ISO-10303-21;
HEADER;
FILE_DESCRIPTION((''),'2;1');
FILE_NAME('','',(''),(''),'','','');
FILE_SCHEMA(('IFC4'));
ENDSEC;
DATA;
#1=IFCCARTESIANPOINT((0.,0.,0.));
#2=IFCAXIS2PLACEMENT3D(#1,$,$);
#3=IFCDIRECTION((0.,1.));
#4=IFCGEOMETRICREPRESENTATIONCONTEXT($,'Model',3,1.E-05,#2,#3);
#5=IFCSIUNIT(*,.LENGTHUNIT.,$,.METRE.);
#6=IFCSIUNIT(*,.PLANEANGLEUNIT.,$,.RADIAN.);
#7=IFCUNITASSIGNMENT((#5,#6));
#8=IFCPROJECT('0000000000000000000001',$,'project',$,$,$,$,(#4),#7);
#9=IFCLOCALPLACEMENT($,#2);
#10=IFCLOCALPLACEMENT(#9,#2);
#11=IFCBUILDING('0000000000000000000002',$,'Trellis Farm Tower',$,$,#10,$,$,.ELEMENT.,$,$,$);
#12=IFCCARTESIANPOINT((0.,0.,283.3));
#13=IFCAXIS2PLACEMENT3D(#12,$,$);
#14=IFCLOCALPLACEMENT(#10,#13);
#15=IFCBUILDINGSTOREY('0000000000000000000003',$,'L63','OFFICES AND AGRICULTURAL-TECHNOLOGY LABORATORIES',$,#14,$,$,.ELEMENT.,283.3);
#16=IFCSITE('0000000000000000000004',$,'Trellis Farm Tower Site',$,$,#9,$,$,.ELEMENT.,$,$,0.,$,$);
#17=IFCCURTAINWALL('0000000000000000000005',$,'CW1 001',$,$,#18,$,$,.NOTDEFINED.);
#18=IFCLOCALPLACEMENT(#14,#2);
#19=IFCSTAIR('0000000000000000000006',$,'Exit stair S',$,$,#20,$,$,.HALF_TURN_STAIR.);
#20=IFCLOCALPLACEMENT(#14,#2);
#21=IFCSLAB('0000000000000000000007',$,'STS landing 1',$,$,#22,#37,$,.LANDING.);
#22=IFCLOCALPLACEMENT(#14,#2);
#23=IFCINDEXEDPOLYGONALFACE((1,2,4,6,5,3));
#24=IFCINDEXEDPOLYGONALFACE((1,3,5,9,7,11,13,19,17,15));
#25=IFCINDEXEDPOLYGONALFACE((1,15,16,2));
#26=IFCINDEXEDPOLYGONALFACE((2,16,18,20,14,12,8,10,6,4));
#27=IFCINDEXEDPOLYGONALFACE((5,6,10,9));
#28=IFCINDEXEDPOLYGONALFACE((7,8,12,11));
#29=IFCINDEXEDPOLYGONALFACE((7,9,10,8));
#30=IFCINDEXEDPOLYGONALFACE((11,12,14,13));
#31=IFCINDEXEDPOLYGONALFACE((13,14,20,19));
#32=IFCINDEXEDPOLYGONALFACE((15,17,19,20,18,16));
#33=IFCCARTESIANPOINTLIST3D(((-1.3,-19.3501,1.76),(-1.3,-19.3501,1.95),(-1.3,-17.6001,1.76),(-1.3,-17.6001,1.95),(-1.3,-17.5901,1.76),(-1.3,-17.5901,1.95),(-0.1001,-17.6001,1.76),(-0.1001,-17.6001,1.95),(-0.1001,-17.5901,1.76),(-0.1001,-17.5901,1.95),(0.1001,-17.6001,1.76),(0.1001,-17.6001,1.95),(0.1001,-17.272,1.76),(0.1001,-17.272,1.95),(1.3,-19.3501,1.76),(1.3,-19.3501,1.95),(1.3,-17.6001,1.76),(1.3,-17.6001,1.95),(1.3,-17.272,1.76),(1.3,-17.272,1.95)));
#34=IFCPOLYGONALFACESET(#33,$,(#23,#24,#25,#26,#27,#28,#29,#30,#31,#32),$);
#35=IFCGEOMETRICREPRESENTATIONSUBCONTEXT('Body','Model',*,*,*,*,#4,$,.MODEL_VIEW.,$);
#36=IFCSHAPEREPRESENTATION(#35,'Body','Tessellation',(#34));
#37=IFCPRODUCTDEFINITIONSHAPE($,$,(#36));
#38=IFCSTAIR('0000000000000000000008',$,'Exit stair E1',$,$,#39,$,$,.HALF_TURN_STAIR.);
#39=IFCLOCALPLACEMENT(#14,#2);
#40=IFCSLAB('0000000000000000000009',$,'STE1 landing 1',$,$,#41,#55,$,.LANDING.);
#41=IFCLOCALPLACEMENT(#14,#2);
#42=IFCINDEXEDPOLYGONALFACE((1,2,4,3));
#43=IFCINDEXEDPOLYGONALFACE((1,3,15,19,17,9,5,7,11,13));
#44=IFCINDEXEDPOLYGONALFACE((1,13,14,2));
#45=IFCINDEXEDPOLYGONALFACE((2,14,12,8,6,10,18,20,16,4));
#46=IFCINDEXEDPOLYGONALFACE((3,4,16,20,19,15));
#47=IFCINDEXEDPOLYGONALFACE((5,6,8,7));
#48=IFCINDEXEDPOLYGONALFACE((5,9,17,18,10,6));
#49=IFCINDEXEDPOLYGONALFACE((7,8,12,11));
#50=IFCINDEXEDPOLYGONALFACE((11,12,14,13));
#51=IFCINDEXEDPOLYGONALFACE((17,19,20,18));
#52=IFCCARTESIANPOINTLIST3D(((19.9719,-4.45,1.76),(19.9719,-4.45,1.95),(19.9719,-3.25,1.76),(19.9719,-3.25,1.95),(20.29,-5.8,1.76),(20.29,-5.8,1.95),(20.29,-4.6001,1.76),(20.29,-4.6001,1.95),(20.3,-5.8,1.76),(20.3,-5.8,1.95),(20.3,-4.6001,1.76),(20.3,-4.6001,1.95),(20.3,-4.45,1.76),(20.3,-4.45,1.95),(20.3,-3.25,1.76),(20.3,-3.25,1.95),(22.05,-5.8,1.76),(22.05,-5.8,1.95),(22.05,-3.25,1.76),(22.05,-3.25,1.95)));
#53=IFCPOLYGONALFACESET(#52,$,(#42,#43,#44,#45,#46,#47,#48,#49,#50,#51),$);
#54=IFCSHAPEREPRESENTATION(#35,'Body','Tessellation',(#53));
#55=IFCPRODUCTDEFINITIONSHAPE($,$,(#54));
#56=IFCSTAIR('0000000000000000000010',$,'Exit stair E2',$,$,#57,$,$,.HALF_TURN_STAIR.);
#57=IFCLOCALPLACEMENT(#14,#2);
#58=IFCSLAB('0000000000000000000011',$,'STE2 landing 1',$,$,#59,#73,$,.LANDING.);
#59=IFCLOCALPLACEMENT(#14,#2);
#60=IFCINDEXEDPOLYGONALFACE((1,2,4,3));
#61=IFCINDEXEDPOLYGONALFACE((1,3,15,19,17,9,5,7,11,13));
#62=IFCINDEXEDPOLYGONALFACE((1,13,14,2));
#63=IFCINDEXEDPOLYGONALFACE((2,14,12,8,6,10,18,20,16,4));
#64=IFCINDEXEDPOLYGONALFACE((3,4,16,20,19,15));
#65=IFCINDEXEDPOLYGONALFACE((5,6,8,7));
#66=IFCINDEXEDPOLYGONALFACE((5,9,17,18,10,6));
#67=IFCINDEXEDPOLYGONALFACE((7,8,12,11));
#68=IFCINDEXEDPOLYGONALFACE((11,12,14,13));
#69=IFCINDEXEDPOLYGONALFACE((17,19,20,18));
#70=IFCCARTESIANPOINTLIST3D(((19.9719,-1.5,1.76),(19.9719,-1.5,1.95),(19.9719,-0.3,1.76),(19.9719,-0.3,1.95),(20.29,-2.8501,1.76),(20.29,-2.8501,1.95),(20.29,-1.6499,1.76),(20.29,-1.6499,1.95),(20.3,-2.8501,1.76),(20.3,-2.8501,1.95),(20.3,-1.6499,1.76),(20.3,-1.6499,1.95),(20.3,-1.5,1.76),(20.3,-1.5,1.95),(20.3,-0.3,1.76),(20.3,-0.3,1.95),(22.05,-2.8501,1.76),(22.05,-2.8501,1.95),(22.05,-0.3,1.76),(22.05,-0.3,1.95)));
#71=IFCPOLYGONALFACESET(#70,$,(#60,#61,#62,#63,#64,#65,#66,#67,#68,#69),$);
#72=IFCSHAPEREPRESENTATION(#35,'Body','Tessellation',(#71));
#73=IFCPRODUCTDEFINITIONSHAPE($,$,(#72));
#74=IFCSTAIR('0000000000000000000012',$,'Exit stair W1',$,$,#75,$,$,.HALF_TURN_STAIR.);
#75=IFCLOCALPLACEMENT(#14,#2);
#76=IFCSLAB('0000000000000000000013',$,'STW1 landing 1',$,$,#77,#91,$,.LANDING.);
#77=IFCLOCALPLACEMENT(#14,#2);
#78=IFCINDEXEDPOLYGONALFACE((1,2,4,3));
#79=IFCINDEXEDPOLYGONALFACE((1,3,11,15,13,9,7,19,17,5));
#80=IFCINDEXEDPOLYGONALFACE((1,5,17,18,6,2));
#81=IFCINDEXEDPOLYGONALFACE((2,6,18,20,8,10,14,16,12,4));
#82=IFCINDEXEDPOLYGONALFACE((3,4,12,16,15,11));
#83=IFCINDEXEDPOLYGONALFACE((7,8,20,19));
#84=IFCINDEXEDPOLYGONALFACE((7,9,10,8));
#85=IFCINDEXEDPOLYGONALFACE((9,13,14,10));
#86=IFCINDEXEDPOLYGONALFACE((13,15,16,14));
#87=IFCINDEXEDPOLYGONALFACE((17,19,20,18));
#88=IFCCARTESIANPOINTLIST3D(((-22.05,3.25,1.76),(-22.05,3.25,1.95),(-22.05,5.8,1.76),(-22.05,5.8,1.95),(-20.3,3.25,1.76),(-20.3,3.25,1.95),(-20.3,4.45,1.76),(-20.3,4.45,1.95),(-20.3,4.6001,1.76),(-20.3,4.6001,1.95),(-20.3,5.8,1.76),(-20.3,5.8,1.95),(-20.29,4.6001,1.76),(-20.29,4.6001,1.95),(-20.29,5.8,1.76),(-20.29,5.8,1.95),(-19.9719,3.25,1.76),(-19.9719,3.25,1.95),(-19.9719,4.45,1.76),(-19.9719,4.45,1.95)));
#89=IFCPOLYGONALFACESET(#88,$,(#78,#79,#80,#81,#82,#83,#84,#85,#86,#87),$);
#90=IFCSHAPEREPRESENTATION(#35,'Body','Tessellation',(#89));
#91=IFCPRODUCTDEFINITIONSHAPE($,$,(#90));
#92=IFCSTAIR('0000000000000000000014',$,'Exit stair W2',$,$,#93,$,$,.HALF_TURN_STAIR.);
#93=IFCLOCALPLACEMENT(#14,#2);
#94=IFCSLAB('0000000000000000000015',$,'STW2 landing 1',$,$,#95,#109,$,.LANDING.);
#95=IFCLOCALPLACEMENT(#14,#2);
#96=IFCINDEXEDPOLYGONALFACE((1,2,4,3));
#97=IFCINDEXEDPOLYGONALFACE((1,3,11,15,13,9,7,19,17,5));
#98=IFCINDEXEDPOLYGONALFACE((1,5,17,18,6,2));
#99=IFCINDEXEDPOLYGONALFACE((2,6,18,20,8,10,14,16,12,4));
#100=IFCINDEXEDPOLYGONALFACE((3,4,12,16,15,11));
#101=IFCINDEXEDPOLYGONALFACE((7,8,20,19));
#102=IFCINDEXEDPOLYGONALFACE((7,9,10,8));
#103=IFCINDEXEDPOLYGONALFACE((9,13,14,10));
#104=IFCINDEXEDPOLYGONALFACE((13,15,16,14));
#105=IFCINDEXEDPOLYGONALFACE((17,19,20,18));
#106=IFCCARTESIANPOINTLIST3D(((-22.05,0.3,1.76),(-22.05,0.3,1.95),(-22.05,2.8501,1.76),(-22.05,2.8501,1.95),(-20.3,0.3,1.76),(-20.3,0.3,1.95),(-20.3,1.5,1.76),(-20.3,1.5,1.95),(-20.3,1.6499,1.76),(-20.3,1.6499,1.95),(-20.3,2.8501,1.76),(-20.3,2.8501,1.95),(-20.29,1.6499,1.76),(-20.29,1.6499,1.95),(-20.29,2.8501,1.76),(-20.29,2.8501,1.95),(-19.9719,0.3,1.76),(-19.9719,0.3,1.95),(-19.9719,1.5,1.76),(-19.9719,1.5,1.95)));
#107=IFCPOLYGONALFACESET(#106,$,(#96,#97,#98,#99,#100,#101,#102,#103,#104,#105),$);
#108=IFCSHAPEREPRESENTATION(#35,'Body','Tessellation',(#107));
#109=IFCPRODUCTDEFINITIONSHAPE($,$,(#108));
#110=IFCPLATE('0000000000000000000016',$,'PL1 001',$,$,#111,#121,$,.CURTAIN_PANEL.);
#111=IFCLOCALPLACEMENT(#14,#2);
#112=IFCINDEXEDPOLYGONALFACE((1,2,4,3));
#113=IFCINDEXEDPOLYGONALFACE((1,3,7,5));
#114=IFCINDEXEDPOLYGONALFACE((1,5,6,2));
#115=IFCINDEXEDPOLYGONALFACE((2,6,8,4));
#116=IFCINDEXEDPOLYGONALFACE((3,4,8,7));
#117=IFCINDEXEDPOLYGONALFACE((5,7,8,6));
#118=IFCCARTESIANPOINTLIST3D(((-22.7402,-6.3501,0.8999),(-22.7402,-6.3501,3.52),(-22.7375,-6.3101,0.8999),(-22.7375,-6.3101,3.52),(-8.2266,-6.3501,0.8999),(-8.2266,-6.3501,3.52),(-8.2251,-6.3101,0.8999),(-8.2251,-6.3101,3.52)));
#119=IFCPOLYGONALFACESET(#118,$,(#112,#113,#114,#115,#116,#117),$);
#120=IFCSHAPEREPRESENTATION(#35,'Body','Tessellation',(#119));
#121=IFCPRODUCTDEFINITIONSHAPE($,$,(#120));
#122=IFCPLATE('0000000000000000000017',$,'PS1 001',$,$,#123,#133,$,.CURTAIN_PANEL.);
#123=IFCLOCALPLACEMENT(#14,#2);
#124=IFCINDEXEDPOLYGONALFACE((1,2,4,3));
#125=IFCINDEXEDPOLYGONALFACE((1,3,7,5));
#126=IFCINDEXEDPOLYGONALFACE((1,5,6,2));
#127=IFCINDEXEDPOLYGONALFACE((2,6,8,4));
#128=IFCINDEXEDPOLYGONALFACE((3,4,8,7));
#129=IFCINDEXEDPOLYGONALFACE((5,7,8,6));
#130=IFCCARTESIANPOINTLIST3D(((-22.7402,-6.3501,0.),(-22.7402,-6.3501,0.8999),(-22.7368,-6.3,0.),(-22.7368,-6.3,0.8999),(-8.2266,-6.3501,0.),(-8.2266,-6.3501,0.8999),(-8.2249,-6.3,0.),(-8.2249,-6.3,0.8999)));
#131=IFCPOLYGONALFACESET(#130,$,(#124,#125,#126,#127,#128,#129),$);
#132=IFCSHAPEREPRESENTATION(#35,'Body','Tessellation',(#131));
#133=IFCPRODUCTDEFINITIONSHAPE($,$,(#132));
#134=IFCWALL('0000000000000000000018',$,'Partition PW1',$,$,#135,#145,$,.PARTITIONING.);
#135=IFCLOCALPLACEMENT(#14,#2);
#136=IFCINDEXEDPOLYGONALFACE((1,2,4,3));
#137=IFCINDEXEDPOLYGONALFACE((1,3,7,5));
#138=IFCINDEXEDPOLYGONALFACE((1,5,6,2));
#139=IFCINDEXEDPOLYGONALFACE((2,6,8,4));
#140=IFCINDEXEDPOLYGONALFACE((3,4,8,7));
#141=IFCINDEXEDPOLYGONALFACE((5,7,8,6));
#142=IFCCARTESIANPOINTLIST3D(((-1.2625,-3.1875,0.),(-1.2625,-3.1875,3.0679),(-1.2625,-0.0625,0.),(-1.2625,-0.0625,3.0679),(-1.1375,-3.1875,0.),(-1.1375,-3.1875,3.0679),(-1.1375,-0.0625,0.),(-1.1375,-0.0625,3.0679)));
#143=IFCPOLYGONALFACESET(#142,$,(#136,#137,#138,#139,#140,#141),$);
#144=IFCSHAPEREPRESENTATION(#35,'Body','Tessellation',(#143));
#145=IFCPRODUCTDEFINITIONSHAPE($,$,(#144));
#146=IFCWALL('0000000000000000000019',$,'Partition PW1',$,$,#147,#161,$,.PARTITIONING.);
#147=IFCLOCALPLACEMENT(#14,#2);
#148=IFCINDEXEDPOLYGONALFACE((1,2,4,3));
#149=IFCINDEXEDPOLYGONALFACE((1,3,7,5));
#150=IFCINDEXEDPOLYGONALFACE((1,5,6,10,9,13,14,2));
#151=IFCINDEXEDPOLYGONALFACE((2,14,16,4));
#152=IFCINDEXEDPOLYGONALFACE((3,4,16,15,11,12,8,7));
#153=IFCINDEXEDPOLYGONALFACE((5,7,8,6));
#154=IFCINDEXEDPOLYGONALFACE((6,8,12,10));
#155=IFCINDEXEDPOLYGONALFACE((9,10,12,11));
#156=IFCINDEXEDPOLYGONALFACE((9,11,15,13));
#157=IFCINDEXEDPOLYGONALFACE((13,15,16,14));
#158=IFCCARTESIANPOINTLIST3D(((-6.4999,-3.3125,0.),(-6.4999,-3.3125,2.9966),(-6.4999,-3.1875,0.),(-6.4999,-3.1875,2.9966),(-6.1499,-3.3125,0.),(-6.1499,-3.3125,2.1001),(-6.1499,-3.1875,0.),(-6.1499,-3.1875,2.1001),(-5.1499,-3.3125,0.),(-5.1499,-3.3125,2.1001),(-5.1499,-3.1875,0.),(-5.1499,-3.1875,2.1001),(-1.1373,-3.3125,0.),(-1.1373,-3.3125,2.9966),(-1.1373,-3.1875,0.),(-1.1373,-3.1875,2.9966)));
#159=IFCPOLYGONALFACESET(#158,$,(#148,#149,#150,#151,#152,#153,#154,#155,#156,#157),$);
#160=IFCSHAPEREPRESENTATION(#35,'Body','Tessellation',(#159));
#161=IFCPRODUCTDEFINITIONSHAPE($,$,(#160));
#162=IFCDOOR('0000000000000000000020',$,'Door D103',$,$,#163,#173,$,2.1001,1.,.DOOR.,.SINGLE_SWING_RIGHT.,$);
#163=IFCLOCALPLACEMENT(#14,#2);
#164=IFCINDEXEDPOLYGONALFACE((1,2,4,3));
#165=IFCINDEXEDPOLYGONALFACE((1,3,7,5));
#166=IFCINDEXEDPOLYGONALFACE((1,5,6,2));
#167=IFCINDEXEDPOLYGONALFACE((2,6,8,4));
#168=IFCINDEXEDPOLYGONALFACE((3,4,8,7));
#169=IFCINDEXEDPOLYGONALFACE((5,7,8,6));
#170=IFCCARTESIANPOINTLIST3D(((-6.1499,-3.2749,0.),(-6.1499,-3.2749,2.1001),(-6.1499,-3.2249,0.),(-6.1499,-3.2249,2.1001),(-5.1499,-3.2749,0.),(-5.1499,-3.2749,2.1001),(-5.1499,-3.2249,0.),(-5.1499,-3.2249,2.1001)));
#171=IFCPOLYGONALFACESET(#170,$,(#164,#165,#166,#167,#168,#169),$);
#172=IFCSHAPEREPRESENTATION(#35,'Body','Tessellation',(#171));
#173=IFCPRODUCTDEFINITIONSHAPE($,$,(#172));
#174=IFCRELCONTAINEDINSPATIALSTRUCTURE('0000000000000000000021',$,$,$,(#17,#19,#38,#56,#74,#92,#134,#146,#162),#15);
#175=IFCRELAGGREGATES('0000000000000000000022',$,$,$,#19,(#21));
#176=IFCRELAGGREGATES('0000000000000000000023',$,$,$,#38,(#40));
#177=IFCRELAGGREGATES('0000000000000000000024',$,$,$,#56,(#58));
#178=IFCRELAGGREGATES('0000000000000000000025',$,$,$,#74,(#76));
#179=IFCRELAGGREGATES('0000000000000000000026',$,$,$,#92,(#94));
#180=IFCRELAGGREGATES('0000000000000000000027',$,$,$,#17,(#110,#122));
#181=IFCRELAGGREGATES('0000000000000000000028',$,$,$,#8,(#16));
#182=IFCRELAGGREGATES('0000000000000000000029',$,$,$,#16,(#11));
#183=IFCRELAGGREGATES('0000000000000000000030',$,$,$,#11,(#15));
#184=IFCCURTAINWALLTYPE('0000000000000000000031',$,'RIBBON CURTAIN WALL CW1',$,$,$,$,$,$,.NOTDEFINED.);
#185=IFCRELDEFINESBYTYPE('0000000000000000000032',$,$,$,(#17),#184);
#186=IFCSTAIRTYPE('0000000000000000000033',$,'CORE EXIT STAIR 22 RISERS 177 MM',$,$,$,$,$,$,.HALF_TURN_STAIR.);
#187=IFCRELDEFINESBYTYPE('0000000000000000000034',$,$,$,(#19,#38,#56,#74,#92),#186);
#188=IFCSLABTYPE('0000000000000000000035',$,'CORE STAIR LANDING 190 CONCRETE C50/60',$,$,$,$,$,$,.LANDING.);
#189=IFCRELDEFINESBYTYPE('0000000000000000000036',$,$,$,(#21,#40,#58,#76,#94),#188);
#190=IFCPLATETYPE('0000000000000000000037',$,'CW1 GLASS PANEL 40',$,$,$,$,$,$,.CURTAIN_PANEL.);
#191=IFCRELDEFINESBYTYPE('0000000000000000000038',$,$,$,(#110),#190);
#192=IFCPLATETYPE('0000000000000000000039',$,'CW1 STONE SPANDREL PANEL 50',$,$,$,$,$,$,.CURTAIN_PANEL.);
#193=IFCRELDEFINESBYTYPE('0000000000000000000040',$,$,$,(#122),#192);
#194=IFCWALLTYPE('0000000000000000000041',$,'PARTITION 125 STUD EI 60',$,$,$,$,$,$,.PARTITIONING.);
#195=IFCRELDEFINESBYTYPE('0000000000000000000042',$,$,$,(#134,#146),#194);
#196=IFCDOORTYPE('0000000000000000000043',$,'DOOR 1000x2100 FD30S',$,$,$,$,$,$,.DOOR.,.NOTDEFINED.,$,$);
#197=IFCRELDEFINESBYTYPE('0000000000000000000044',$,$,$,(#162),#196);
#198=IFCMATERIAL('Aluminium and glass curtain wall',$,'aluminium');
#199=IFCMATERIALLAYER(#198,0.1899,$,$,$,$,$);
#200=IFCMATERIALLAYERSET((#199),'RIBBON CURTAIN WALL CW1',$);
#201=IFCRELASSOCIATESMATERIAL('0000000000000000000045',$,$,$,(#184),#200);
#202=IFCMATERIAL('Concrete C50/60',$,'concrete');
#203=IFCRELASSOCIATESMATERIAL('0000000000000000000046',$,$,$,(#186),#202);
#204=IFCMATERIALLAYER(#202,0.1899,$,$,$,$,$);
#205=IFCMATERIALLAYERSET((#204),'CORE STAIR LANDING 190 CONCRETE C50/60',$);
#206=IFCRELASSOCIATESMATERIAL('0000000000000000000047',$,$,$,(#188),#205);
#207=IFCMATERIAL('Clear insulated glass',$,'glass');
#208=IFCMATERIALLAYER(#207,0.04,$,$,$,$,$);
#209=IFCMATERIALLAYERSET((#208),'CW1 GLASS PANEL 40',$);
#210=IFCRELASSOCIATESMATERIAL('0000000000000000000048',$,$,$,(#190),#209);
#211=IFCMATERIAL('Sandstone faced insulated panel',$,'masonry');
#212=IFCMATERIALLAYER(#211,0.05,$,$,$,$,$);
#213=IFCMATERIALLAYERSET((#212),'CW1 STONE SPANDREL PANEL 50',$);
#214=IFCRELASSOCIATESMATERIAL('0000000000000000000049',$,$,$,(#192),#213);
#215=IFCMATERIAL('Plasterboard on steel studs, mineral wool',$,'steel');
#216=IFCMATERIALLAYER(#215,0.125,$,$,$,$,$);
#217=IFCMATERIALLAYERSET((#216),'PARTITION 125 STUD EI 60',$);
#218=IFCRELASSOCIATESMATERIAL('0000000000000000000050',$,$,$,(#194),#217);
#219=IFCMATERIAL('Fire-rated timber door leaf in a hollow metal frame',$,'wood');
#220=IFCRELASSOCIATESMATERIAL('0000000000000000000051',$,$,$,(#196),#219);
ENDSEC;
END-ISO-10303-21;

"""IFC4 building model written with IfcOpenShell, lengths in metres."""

from ifc_helpers import new_model, si_unit, direction, frame, frame_2d, origin, place, context, subcontext, project, spatial, polyline, rectangle, outline, extrude, source, transform, mapped, material, layer, layer_set, type_object, element, fill, aggregate, save


model = new_model("IFC4")

# Units and contexts
model_context = context("Model", 3, precision=1e-05, world=origin(), true_north=direction((0.0, 1.0)))
body_context = subcontext(model_context, "Body", "Model", "MODEL_VIEW")
ifc_project = project(units=[si_unit("LENGTHUNIT", "METRE"), si_unit("PLANEANGLEUNIT", "RADIAN")], contexts=[model_context])

# Site, building, storey
site_placement = place(None, origin())
site = spatial("IfcSite", under=ifc_project, at=site_placement, Name="Trellis Farm Tower Site", CompositionType="ELEMENT", RefElevation=0.0)
building_placement = place(site_placement, origin())
building = spatial("IfcBuilding", under=site, at=building_placement, Name="Trellis Farm Tower", CompositionType="ELEMENT")
storey_placement = place(building_placement, frame((0.0, 0.0, 283.3)))
storey = spatial("IfcBuildingStorey", under=building, at=storey_placement, Name="L63", Description="OFFICES AND AGRICULTURAL-TECHNOLOGY LABORATORIES", CompositionType="ELEMENT", Elevation=283.3)

# Curtain wall
ifc_material_1 = material(Name="Aluminium and glass curtain wall", Category="aluminium")
ifc_layer_1 = layer(ifc_material_1, 0.1899)
ifc_layer_set_1 = layer_set([ifc_layer_1], Name="RIBBON CURTAIN WALL CW1")
curtain_wall_type = type_object("IfcCurtainWallType", Name="RIBBON CURTAIN WALL CW1", PredefinedType="NOTDEFINED", material=ifc_layer_set_1)
placement_1 = place(storey_placement, origin())
curtain_wall = element("IfcCurtainWall", 1, at=placement_1, inside=storey, type_object=curtain_wall_type, Name="CW1 001", PredefinedType="NOTDEFINED")

# Stairs, slabs
ifc_material_2 = material(Name="Concrete C50/60", Category="concrete")
stair_type = type_object("IfcStairType", Name="CORE EXIT STAIR 22 RISERS 177 MM", PredefinedType="HALF_TURN_STAIR", material=ifc_material_2)
ifc_layer_2 = layer(ifc_material_2, 0.1899)
ifc_layer_set_2 = layer_set([ifc_layer_2], Name="CORE STAIR LANDING 190 CONCRETE C50/60")
slab_type_1 = type_object("IfcSlabType", Name="CORE STAIR LANDING 190 CONCRETE C50/60", PredefinedType="LANDING", material=ifc_layer_set_2)
placement_2 = place(storey_placement, frame((0.0, 0.0, 1.76)))
stair_1 = element("IfcStair", 2, at=placement_1, inside=storey, type_object=stair_type, Name="Exit stair S", PredefinedType="HALF_TURN_STAIR")
shared_shape_1 = source(origin(), body_context, "Body", "SweptSolid", [
    extrude(outline(polyline([(1.3, -19.3501), (-1.3, -19.3501), (-1.3, -17.6001), (-1.3, -17.5901), (-0.1001, -17.5901), (-0.1001, -17.6001), (0.1001, -17.6001), (0.1001, -17.272), (1.3, -17.272), (1.3, -17.6001), (1.3, -19.3501)])), origin(), (0.0, 0.0, 1.0), 0.1899),
])
slab_1 = element("IfcSlab", 3, at=placement_2, type_object=slab_type_1, Name="STS landing 1", PredefinedType="LANDING", context=body_context, shape_type="MappedRepresentation", body=[
    mapped(shared_shape_1, transform((0.0, 0.0, 0.0))),
])
aggregate(stair_1, [slab_1])
stair_2 = element("IfcStair", 4, at=placement_1, inside=storey, type_object=stair_type, Name="Exit stair E1", PredefinedType="HALF_TURN_STAIR")
shared_shape_2 = source(origin(), body_context, "Body", "SweptSolid", [
    extrude(outline(polyline([(20.29, -5.8), (20.29, -4.6001), (20.3, -4.6001), (20.3, -4.45), (19.9719, -4.45), (19.9719, -3.25), (20.3, -3.25), (22.05, -3.25), (22.05, -5.8), (20.3, -5.8), (20.29, -5.8)])), origin(), (0.0, 0.0, 1.0), 0.1899),
])
slab_2 = element("IfcSlab", 5, at=placement_2, type_object=slab_type_1, Name="STE1 landing 1", PredefinedType="LANDING", context=body_context, shape_type="MappedRepresentation", body=[
    mapped(shared_shape_2, transform((0.0, 0.0, 0.0))),
])
aggregate(stair_2, [slab_2])
stair_3 = element("IfcStair", 6, at=placement_1, inside=storey, type_object=stair_type, Name="Exit stair E2", PredefinedType="HALF_TURN_STAIR")
shared_shape_3 = source(origin(), body_context, "Body", "SweptSolid", [
    extrude(outline(polyline([(20.29, -2.8501), (20.29, -1.6499), (20.3, -1.6499), (20.3, -1.5), (19.9719, -1.5), (19.9719, -0.3), (20.3, -0.3), (22.05, -0.3), (22.05, -2.8501), (20.3, -2.8501), (20.29, -2.8501)])), origin(), (0.0, 0.0, 1.0), 0.1899),
])
slab_3 = element("IfcSlab", 7, at=placement_2, type_object=slab_type_1, Name="STE2 landing 1", PredefinedType="LANDING", context=body_context, shape_type="MappedRepresentation", body=[
    mapped(shared_shape_3, transform((0.0, 0.0, 0.0))),
])
aggregate(stair_3, [slab_3])
stair_4 = element("IfcStair", 8, at=placement_1, inside=storey, type_object=stair_type, Name="Exit stair W1", PredefinedType="HALF_TURN_STAIR")
shared_shape_4 = source(origin(), body_context, "Body", "SweptSolid", [
    extrude(outline(polyline([(-19.9719, 4.45), (-19.9719, 3.25), (-20.3, 3.25), (-22.05, 3.25), (-22.05, 5.8), (-20.3, 5.8), (-20.29, 5.8), (-20.29, 4.6001), (-20.3, 4.6001), (-20.3, 4.45), (-19.9719, 4.45)])), origin(), (0.0, 0.0, 1.0), 0.1899),
])
slab_4 = element("IfcSlab", 9, at=placement_2, type_object=slab_type_1, Name="STW1 landing 1", PredefinedType="LANDING", context=body_context, shape_type="MappedRepresentation", body=[
    mapped(shared_shape_4, transform((0.0, 0.0, 0.0))),
])
aggregate(stair_4, [slab_4])
stair_5 = element("IfcStair", 10, at=placement_1, inside=storey, type_object=stair_type, Name="Exit stair W2", PredefinedType="HALF_TURN_STAIR")
shared_shape_5 = source(origin(), body_context, "Body", "SweptSolid", [
    extrude(outline(polyline([(-19.9719, 1.5), (-19.9719, 0.3), (-20.3, 0.3), (-22.05, 0.3), (-22.05, 2.8501), (-20.3, 2.8501), (-20.29, 2.8501), (-20.29, 1.6499), (-20.3, 1.6499), (-20.3, 1.5), (-19.9719, 1.5)])), origin(), (0.0, 0.0, 1.0), 0.1899),
])
slab_5 = element("IfcSlab", 11, at=placement_2, type_object=slab_type_1, Name="STW2 landing 1", PredefinedType="LANDING", context=body_context, shape_type="MappedRepresentation", body=[
    mapped(shared_shape_5, transform((0.0, 0.0, 0.0))),
])
aggregate(stair_5, [slab_5])

# Plates
ifc_material_3 = material(Name="Clear insulated glass", Category="glass")
ifc_layer_3 = layer(ifc_material_3, 0.04)
ifc_layer_set_3 = layer_set([ifc_layer_3], Name="CW1 GLASS PANEL 40")
plate_type_1 = type_object("IfcPlateType", Name="CW1 GLASS PANEL 40", PredefinedType="CURTAIN_PANEL", material=ifc_layer_set_3)
shared_shape_6 = source(origin(), body_context, "Body", "SweptSolid", [
    extrude(outline(polyline([(-22.7402, -6.3501), (-8.2266, -6.3501), (-8.2251, -6.3101), (-22.7375, -6.3101), (-22.7402, -6.3501)])), origin(), (0.0, 0.0, 1.0), 2.6201),
])
plate_1_placement = place(storey_placement, frame((0.0, 0.0, 0.8999)))
plate_1 = element("IfcPlate", 12, at=plate_1_placement, type_object=plate_type_1, Name="PL1 001", PredefinedType="CURTAIN_PANEL", context=body_context, shape_type="MappedRepresentation", body=[
    mapped(shared_shape_6, transform((0.0, 0.0, 0.0))),
])
ifc_material_4 = material(Name="Sandstone faced insulated panel", Category="masonry")
ifc_layer_4 = layer(ifc_material_4, 0.05)
ifc_layer_set_4 = layer_set([ifc_layer_4], Name="CW1 STONE SPANDREL PANEL 50")
plate_type_2 = type_object("IfcPlateType", Name="CW1 STONE SPANDREL PANEL 50", PredefinedType="CURTAIN_PANEL", material=ifc_layer_set_4)
shared_shape_7 = source(origin(), body_context, "Body", "SweptSolid", [
    extrude(outline(polyline([(-22.7402, -6.3501), (-8.2266, -6.3501), (-8.2249, -6.3), (-22.7368, -6.3), (-22.7402, -6.3501)])), origin(), (0.0, 0.0, 1.0), 0.8999),
])
plate_2 = element("IfcPlate", 13, at=placement_1, type_object=plate_type_2, Name="PS1 001", PredefinedType="CURTAIN_PANEL", context=body_context, shape_type="MappedRepresentation", body=[
    mapped(shared_shape_7, transform((0.0, 0.0, 0.0))),
])
aggregate(curtain_wall, [plate_1, plate_2])

# Wall
ifc_material_5 = material(Name="Plasterboard on steel studs, mineral wool", Category="steel")
ifc_layer_5 = layer(ifc_material_5, 0.125)
ifc_layer_set_5 = layer_set([ifc_layer_5], Name="PARTITION 125 STUD EI 60")
wall_type = type_object("IfcWallType", Name="PARTITION 125 STUD EI 60", PredefinedType="PARTITIONING", material=ifc_layer_set_5)
shared_shape_8 = source(origin(), body_context, "Body", "SweptSolid", [
    extrude(rectangle(XDim=3.125, YDim=0.125, at=frame_2d((1.5625, 0.0))), origin(), (0.0, 0.0, 1.0), 3.0679),
])
wall_1_placement = place(storey_placement, frame((-1.2, -0.0625, 0.0), z_axis=(0.0, 0.0, 1.0), x_axis=(0.0, -1.0, 0.0)))
element("IfcWall", 14, at=wall_1_placement, inside=storey, type_object=wall_type, Name="Partition PW1", PredefinedType="PARTITIONING", context=body_context, shape_type="MappedRepresentation", body=[
    mapped(shared_shape_8, transform((0.0, 0.0, 0.0))),
])

# Wall, opening, door
shared_shape_9 = source(origin(), body_context, "Body", "SweptSolid", [
    extrude(rectangle(XDim=5.3625, YDim=0.125, at=frame_2d((2.6812, 0.0))), origin(), (0.0, 0.0, 1.0), 2.9966),
])
wall_2_placement = place(storey_placement, frame((-1.1375, -3.25, 0.0), z_axis=(0.0, 0.0, 1.0), x_axis=(-1.0, 0.0, 0.0)))
wall_2 = element("IfcWall", 15, at=wall_2_placement, inside=storey, type_object=wall_type, Name="Partition PW1", PredefinedType="PARTITIONING", context=body_context, shape_type="MappedRepresentation", body=[
    mapped(shared_shape_9, transform((0.0, 0.0, 0.0))),
])
shared_shape_10 = source(origin(), body_context, "Body", "SweptSolid", [
    extrude(rectangle(XDim=1.0, YDim=2.1001, at=frame_2d((0.5, 1.05))), frame((0.0, 0.0725, 0.0), z_axis=(0.0, -1.0, 0.0), x_axis=(1.0, 0.0, 0.0)), (0.0, 0.0, 1.0), 0.145),
])
opening_1_placement = place(wall_2_placement, frame((4.0125, 0.0, 0.0)))
opening_1 = element("IfcOpeningElement", 16, at=opening_1_placement, cuts=wall_2, PredefinedType="OPENING", context=body_context, shape_type="MappedRepresentation", body=[
    mapped(shared_shape_10, transform((0.0, 0.0, 0.0))),
])
ifc_material_6 = material(Name="Fire-rated timber door leaf in a hollow metal frame", Category="wood")
door_type = type_object("IfcDoorType", Name="DOOR 1000x2100 FD30S", OperationType="NOTDEFINED", PredefinedType="DOOR", material=ifc_material_6)
shared_shape_11 = source(origin(), body_context, "Body", "SweptSolid", [
    extrude(rectangle(XDim=1.0, YDim=2.1001, at=frame_2d((0.5, 1.05))), frame((0.0, 0.0249, 0.0), z_axis=(0.0, -1.0, 0.0), x_axis=(1.0, 0.0, 0.0)), (0.0, 0.0, 1.0), 0.05),
])
door_1_placement = place(opening_1_placement, origin())
door_1 = element("IfcDoor", 17, at=door_1_placement, inside=storey, type_object=door_type, Name="Door D103", OperationType="SINGLE_SWING_RIGHT", OverallHeight=2.1001, OverallWidth=1.0, PredefinedType="DOOR", context=body_context, shape_type="MappedRepresentation", body=[
    mapped(shared_shape_11, transform((0.0, 0.0, 0.0))),
])
fill(opening_1, door_1)

save(model, "model.ifc")
